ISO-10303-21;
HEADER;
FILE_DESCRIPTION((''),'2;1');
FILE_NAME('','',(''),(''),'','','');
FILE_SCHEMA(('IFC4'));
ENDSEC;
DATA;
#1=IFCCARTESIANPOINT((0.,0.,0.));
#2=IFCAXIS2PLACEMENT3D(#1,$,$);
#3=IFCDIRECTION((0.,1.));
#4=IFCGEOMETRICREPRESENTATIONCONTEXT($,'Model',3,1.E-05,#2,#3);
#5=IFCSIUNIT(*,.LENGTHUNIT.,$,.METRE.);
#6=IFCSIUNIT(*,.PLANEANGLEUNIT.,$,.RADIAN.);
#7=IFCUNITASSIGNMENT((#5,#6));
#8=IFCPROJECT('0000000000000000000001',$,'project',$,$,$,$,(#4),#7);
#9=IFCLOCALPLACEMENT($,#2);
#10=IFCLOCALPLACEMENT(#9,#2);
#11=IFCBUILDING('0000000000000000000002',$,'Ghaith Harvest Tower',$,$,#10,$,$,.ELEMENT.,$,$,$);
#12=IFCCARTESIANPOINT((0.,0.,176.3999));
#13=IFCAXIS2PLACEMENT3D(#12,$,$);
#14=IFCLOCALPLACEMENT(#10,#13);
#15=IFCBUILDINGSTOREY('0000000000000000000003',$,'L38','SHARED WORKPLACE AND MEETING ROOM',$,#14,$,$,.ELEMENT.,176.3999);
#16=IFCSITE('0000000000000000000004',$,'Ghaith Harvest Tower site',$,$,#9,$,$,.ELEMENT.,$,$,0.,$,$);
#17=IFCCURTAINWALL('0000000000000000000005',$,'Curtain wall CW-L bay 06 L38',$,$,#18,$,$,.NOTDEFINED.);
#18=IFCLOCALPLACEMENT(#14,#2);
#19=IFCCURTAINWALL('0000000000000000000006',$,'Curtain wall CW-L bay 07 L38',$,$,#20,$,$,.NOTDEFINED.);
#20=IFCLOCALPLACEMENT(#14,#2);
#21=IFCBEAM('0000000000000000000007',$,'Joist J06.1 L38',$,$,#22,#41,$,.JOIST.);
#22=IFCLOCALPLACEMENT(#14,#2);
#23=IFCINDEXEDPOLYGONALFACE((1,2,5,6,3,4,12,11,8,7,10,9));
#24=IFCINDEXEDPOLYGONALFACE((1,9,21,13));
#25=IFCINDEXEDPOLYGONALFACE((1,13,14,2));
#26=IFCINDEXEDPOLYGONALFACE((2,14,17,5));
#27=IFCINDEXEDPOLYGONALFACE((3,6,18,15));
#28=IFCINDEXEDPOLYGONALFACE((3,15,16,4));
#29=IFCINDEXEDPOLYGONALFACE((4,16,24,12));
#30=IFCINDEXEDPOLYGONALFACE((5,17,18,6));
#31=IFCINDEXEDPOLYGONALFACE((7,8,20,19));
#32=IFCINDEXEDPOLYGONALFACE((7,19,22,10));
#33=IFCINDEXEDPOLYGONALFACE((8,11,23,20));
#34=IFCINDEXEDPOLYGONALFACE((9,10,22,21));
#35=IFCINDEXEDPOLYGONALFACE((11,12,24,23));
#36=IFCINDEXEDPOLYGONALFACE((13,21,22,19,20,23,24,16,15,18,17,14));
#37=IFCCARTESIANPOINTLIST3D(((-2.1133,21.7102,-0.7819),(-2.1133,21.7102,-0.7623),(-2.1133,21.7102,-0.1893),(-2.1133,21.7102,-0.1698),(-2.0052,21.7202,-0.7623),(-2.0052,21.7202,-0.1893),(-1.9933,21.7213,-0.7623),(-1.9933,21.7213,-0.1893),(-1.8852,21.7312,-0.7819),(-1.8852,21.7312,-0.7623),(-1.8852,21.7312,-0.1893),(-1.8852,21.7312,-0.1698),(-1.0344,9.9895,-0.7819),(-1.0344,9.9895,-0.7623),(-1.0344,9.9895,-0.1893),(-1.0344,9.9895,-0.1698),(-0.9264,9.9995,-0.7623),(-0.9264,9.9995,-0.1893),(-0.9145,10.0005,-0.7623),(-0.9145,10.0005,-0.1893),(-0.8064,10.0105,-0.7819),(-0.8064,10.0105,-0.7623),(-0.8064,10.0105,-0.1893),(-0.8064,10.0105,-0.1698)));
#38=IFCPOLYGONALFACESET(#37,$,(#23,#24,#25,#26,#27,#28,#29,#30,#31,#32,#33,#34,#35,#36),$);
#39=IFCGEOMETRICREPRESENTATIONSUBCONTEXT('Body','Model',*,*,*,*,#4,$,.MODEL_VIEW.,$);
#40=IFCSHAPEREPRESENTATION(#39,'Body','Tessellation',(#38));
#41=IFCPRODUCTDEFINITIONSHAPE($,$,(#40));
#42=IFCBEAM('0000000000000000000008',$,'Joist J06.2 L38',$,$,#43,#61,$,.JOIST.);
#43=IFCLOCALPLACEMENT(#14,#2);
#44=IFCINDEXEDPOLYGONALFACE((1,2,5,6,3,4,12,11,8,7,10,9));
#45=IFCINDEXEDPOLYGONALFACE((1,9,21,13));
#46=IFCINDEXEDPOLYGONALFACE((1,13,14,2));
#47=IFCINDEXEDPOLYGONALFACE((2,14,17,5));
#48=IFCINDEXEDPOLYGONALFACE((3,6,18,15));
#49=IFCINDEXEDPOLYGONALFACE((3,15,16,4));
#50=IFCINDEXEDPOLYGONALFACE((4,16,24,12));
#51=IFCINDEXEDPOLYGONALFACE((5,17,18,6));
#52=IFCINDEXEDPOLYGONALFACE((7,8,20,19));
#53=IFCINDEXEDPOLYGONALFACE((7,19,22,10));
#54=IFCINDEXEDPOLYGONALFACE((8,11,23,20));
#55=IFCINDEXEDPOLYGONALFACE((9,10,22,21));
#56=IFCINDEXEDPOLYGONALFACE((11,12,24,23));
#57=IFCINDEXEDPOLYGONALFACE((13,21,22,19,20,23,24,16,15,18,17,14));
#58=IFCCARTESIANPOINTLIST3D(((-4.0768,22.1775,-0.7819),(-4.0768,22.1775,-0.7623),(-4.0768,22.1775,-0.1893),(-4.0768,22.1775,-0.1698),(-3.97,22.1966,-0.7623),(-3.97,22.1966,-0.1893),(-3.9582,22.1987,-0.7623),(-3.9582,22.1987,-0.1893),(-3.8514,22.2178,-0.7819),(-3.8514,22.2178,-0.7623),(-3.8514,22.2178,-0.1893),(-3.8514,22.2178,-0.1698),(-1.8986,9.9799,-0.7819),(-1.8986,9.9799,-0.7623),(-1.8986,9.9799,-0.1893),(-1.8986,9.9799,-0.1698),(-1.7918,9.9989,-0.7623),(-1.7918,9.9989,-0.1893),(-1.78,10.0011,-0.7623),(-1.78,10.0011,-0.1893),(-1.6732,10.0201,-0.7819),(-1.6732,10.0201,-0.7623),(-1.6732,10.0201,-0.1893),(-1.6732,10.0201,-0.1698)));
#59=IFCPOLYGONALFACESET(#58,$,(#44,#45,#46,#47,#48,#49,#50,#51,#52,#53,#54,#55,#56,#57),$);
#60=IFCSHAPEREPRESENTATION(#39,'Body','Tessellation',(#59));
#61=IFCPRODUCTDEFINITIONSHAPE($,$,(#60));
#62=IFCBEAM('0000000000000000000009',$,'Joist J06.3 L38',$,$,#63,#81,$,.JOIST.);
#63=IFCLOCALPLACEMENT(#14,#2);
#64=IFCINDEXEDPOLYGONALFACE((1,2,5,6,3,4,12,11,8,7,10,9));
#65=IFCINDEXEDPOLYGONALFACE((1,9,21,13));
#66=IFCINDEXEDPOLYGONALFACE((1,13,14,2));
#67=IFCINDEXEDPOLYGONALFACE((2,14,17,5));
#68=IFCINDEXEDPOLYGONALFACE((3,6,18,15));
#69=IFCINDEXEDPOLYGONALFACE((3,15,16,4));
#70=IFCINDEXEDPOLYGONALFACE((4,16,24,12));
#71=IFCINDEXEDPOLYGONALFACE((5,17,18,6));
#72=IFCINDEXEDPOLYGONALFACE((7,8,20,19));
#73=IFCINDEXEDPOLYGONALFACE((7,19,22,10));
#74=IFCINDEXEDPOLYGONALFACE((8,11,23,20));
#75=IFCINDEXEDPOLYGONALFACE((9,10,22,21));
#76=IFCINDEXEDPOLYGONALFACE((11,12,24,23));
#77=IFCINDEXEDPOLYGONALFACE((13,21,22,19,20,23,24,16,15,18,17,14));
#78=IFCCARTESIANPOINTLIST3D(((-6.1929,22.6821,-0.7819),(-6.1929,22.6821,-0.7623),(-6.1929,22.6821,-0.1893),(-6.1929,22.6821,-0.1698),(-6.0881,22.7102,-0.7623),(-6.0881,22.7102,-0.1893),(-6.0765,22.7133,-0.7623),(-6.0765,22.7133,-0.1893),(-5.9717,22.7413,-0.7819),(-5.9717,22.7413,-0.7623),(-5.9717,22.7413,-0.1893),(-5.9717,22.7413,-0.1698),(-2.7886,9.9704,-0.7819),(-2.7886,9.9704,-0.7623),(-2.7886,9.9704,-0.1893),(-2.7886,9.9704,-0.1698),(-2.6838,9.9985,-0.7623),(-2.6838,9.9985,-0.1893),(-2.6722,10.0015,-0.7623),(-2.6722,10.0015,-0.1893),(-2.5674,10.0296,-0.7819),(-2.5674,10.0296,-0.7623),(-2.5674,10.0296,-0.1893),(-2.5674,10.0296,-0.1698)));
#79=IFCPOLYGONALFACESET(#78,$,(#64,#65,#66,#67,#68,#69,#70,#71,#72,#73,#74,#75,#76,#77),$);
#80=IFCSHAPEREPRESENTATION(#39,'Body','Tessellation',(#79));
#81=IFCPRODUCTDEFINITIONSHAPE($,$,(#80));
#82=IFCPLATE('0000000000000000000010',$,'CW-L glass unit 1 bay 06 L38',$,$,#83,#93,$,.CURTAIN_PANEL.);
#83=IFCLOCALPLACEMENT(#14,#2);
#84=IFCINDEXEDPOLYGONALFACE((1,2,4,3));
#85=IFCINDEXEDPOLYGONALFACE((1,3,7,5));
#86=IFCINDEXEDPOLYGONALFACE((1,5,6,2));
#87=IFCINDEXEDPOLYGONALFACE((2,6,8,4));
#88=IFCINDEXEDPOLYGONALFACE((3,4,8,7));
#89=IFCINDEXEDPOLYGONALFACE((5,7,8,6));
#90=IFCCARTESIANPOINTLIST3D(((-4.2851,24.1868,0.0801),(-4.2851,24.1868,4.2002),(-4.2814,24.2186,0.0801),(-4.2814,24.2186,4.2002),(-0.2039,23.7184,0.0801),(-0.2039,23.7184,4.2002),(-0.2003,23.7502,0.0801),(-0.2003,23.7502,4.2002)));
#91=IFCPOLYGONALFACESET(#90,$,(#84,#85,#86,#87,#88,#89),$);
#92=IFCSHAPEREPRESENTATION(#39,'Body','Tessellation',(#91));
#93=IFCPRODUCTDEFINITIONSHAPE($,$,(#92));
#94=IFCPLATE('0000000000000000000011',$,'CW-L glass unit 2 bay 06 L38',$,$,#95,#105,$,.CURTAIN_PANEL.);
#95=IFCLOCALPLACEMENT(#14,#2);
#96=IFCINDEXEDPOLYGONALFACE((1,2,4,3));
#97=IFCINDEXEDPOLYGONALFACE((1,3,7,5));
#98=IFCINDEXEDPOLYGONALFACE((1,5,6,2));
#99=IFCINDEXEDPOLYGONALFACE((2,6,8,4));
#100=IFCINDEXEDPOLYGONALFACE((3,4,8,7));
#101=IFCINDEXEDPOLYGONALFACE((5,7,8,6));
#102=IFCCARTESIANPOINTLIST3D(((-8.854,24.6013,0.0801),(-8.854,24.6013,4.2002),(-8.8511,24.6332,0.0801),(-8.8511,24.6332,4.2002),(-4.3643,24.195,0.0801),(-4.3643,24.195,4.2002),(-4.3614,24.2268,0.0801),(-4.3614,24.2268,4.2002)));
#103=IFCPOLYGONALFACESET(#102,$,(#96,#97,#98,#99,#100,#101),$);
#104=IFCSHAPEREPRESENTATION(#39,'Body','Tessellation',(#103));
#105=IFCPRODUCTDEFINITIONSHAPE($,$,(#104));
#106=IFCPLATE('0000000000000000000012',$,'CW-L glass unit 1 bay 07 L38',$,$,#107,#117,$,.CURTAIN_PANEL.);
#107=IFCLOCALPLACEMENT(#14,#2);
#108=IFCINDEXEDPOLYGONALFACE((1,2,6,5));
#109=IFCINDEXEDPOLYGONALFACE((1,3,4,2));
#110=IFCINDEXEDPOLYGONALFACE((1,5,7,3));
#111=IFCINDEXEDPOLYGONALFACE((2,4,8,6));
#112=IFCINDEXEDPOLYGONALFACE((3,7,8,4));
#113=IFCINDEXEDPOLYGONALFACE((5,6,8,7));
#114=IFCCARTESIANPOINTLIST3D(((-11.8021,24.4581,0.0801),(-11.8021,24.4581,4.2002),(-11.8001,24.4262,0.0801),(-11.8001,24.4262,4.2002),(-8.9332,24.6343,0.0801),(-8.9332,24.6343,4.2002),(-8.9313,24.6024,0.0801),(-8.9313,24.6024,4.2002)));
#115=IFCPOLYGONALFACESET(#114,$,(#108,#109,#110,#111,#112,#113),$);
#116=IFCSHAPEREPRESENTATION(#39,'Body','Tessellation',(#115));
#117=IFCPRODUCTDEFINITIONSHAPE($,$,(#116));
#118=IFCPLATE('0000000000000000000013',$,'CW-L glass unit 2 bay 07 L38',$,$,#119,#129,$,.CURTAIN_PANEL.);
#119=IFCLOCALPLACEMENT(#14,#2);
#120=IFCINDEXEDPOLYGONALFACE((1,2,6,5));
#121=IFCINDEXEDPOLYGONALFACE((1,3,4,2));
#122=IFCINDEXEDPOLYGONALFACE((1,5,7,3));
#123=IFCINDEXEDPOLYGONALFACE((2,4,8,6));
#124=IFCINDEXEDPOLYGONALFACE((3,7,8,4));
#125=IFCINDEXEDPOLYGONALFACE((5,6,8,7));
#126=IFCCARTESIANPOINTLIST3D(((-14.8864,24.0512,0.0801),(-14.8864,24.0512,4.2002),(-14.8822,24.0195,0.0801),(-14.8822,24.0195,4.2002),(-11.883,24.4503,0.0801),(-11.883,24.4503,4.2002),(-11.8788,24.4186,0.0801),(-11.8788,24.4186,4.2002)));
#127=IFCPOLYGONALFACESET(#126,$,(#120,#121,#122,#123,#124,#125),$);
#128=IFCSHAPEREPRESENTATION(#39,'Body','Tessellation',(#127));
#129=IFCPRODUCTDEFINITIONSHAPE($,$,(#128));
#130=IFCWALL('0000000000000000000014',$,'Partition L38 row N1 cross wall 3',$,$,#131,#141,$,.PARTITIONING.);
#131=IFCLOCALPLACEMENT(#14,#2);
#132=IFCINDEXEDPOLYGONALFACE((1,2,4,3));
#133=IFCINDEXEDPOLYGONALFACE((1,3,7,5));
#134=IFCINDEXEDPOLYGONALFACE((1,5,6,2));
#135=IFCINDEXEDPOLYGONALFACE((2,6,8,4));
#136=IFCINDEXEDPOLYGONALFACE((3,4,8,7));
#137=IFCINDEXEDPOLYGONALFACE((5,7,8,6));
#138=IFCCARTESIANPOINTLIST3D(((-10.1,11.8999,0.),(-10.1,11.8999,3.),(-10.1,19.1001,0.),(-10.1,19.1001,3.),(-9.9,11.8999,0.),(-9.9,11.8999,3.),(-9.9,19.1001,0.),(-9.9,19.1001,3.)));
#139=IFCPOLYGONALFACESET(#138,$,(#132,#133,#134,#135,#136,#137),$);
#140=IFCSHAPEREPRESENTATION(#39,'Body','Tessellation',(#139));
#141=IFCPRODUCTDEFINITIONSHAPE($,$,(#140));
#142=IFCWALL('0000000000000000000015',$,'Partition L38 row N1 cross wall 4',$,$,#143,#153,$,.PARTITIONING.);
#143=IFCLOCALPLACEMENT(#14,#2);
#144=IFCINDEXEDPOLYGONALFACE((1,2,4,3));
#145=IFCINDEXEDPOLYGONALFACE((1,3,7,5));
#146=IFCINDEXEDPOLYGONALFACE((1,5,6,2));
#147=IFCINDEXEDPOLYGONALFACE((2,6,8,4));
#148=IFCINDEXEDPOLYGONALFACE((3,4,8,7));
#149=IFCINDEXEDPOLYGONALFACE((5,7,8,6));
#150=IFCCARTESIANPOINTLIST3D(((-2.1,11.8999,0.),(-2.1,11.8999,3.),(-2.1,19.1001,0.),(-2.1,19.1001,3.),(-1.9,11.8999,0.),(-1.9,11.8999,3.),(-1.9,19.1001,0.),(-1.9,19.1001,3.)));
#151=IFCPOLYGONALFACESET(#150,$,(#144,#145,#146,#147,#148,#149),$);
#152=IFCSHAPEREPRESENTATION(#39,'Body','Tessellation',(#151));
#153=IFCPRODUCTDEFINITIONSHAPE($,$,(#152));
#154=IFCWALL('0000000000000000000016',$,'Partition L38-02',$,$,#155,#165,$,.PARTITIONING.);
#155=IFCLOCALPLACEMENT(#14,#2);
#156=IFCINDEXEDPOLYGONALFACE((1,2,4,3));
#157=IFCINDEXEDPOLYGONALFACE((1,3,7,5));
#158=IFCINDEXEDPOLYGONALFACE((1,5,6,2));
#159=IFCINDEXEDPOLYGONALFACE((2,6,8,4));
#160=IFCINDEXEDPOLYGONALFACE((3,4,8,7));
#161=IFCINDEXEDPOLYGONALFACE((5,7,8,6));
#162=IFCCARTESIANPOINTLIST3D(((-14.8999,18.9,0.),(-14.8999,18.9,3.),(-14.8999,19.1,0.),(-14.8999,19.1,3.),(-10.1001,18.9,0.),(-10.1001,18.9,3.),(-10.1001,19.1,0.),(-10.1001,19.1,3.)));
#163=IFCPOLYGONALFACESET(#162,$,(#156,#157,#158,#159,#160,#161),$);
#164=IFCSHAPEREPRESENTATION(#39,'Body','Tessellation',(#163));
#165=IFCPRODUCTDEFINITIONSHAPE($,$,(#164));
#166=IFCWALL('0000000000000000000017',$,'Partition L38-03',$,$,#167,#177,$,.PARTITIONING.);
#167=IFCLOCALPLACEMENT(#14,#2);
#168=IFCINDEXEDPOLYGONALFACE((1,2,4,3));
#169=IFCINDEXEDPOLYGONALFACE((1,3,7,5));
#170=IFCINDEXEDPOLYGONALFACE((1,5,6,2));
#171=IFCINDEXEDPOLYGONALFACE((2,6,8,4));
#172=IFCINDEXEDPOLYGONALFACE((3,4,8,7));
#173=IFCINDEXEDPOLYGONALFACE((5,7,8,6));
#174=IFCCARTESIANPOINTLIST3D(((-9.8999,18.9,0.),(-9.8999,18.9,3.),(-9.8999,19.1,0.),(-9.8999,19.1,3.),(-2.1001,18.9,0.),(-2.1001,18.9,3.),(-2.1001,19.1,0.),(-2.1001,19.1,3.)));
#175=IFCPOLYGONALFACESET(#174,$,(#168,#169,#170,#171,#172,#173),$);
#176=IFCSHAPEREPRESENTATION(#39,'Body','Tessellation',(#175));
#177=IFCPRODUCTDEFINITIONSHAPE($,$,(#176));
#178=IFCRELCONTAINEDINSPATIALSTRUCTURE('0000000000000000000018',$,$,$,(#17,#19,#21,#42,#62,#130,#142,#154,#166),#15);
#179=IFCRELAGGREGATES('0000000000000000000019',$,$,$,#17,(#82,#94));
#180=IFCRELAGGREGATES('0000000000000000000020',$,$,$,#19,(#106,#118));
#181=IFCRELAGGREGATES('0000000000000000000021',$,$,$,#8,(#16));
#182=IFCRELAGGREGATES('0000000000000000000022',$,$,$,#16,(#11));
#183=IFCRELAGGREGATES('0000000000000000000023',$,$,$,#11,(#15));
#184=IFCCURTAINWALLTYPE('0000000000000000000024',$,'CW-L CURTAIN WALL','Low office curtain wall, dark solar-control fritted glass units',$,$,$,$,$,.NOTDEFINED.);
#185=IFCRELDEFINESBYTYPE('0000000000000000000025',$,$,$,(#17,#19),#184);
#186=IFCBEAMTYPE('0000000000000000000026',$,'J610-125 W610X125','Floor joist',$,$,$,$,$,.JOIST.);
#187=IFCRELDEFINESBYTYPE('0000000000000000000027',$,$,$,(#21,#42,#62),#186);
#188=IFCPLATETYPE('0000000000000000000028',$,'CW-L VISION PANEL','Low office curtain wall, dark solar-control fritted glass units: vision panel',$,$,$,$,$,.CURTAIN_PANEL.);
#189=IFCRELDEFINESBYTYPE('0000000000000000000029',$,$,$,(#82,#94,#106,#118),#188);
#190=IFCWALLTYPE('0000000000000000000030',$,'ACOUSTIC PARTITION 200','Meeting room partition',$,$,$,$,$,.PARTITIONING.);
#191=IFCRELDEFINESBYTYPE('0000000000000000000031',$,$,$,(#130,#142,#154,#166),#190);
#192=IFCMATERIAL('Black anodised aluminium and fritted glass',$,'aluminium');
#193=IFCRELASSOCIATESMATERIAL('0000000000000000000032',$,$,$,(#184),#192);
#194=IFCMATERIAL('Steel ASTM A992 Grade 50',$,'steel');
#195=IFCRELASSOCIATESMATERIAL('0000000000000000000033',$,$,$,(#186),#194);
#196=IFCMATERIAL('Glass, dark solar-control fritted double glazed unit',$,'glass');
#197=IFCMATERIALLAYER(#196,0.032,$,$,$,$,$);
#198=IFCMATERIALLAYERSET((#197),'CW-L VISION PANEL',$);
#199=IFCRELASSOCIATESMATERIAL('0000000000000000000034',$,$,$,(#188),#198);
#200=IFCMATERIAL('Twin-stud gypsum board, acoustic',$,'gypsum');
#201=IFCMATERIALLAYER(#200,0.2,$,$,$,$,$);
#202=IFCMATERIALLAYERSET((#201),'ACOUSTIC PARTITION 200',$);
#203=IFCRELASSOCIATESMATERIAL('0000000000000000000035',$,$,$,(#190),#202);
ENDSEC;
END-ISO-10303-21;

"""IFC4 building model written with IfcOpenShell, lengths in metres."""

from ifc_helpers import new_model, si_unit, direction, frame, frame_2d, origin, origin_2d, place, context, subcontext, project, spatial, rectangle, i_section, extrude, material, layer, layer_set, material_profile, profile_set, type_object, element, aggregate, save


model = new_model("IFC4")

# Units and contexts
model_context = context("Model", 3, precision=1e-05, world=origin(), true_north=direction((0.0, 1.0)))
body_context = subcontext(model_context, "Body", "Model", "MODEL_VIEW")
ifc_project = project(units=[si_unit("LENGTHUNIT", "METRE"), si_unit("PLANEANGLEUNIT", "RADIAN")], contexts=[model_context])

# Site, building, storey
site_placement = place(None, origin())
site = spatial("IfcSite", under=ifc_project, at=site_placement, Name="Ghaith Harvest Tower site", CompositionType="ELEMENT", RefElevation=0.0)
building_placement = place(site_placement, origin())
building = spatial("IfcBuilding", under=site, at=building_placement, Name="Ghaith Harvest Tower", CompositionType="ELEMENT")
storey_placement = place(building_placement, frame((0.0, 0.0, 176.3999)))
storey = spatial("IfcBuildingStorey", under=building, at=storey_placement, Name="L38", Description="SHARED WORKPLACE AND MEETING ROOM", CompositionType="ELEMENT", Elevation=176.3999)

# Curtain walls
ifc_material_1 = material(Name="Black anodised aluminium and fritted glass", Category="aluminium")
curtain_wall_type = type_object("IfcCurtainWallType", Name="CW-L CURTAIN WALL", Description="Low office curtain wall, dark solar-control fritted glass units", PredefinedType="NOTDEFINED", material=ifc_material_1)
curtain_wall_1_placement = place(storey_placement, origin())
curtain_wall_1 = element("IfcCurtainWall", 1, at=curtain_wall_1_placement, inside=storey, type_object=curtain_wall_type, Name="Curtain wall CW-L bay 06 L38", PredefinedType="NOTDEFINED")
curtain_wall_2_placement = place(storey_placement, origin())
curtain_wall_2 = element("IfcCurtainWall", 2, at=curtain_wall_2_placement, inside=storey, type_object=curtain_wall_type, Name="Curtain wall CW-L bay 07 L38", PredefinedType="NOTDEFINED")

# Beams
ifc_material_2 = material(Name="Steel ASTM A992 Grade 50", Category="steel")
ifc_material_profile_1 = material_profile(ifc_material_2, i_section(OverallWidth=0.229, OverallDepth=0.6121, WebThickness=0.012, FlangeThickness=0.0195, at=origin_2d()), Name="W610X125")
ifc_profile_set_1 = profile_set([ifc_material_profile_1], Name="Steel ASTM A992 Grade 50")
beam_type_1 = type_object("IfcBeamType", Name="J610-125 W610X125", Description="Floor joist", PredefinedType="JOIST", material=ifc_profile_set_1)
beam_1_placement = place(storey_placement, frame((-0.9204, 10.0, -0.4758), z_axis=(-0.09166, 0.99579, 0.0), x_axis=(-0.99579, -0.09166, 0.0)))
element("IfcBeam", 3, at=beam_1_placement, inside=storey, type_object=beam_type_1, Name="Joist J06.1 L38", PredefinedType="JOIST", context=body_context, shape_type="SweptSolid", body=[
    extrude(i_section(OverallWidth=0.229, OverallDepth=0.6121, WebThickness=0.012, FlangeThickness=0.0195, at=origin_2d()), origin(), (0.0, 0.0, 1.0), 11.7703),
])
beam_2_placement = place(storey_placement, frame((-1.7859, 10.0, -0.4758), z_axis=(-0.175795, 0.984427, 0.0), x_axis=(-0.984427, -0.175795, 0.0)))
element("IfcBeam", 4, at=beam_2_placement, inside=storey, type_object=beam_type_1, Name="Joist J06.2 L38", PredefinedType="JOIST", context=body_context, shape_type="SweptSolid", body=[
    extrude(i_section(OverallWidth=0.229, OverallDepth=0.6121, WebThickness=0.012, FlangeThickness=0.0195, at=origin_2d()), origin(), (0.0, 0.0, 1.0), 12.3906),
])
beam_3_placement = place(storey_placement, frame((-2.678, 10.0, -0.4758), z_axis=(-0.258693, 0.96596, 0.0), x_axis=(-0.96596, -0.258693, 0.0)))
element("IfcBeam", 5, at=beam_3_placement, inside=storey, type_object=beam_type_1, Name="Joist J06.3 L38", PredefinedType="JOIST", context=body_context, shape_type="SweptSolid", body=[
    extrude(i_section(OverallWidth=0.229, OverallDepth=0.6121, WebThickness=0.012, FlangeThickness=0.0195, at=origin_2d()), origin(), (0.0, 0.0, 1.0), 13.1597),
])

# Plates
ifc_material_3 = material(Name="Glass, dark solar-control fritted double glazed unit", Category="glass")
ifc_layer_1 = layer(ifc_material_3, 0.032)
ifc_layer_set_1 = layer_set([ifc_layer_1], Name="CW-L VISION PANEL")
plate_type = type_object("IfcPlateType", Name="CW-L VISION PANEL", Description="Low office curtain wall, dark solar-control fritted glass units: vision panel", PredefinedType="CURTAIN_PANEL", material=ifc_layer_set_1)
plate_1_placement = place(storey_placement, frame((-2.2427, 23.9685, 0.0801), z_axis=(0.0, 0.0, 1.0), x_axis=(-0.993477, 0.114032, 0.0)))
plate_1 = element("IfcPlate", 6, at=plate_1_placement, type_object=plate_type, Name="CW-L glass unit 1 bay 06 L38", PredefinedType="CURTAIN_PANEL", context=body_context, shape_type="SweptSolid", body=[
    extrude(rectangle(XDim=4.1079, YDim=0.032, at=origin_2d()), origin(), (0.0, 0.0, 1.0), 4.1201),
])
plate_2_placement = place(storey_placement, frame((-6.6077, 24.4141, 0.0801), z_axis=(0.0, 0.0, 1.0), x_axis=(-0.995929, 0.090144, 0.0)))
plate_2 = element("IfcPlate", 7, at=plate_2_placement, type_object=plate_type, Name="CW-L glass unit 2 bay 06 L38", PredefinedType="CURTAIN_PANEL", context=body_context, shape_type="SweptSolid", body=[
    extrude(rectangle(XDim=4.5081, YDim=0.032, at=origin_2d()), origin(), (0.0, 0.0, 1.0), 4.1201),
])
aggregate(curtain_wall_1, [plate_1, plate_2])
plate_3_placement = place(storey_placement, frame((-10.3667, 24.5303, 0.0801), z_axis=(0.0, 0.0, 1.0), x_axis=(-0.998119, -0.061303, 0.0)))
plate_3 = element("IfcPlate", 8, at=plate_3_placement, type_object=plate_type, Name="CW-L glass unit 1 bay 07 L38", PredefinedType="CURTAIN_PANEL", context=body_context, shape_type="SweptSolid", body=[
    extrude(rectangle(XDim=2.8743, YDim=0.032, at=origin_2d()), origin(), (0.0, 0.0, 1.0), 4.1201),
])
plate_4_placement = place(storey_placement, frame((-13.3826, 24.2349, 0.0801), z_axis=(0.0, 0.0, 1.0), x_axis=(-0.991286, -0.131728, 0.0)))
plate_4 = element("IfcPlate", 9, at=plate_4_placement, type_object=plate_type, Name="CW-L glass unit 2 bay 07 L38", PredefinedType="CURTAIN_PANEL", context=body_context, shape_type="SweptSolid", body=[
    extrude(rectangle(XDim=3.0298, YDim=0.032, at=origin_2d()), origin(), (0.0, 0.0, 1.0), 4.1201),
])
aggregate(curtain_wall_2, [plate_3, plate_4])

# Walls
ifc_material_4 = material(Name="Twin-stud gypsum board, acoustic", Category="gypsum")
ifc_layer_2 = layer(ifc_material_4, 0.2)
ifc_layer_set_2 = layer_set([ifc_layer_2], Name="ACOUSTIC PARTITION 200")
wall_type = type_object("IfcWallType", Name="ACOUSTIC PARTITION 200", Description="Meeting room partition", PredefinedType="PARTITIONING", material=ifc_layer_set_2)
for number, where, z_axis, x_axis, name in (
    (10, (-10.0, 11.8999, 0.0), (0.0, 0.0, 1.0), (0.0, 1.0, 0.0), "Partition L38 row N1 cross wall 3"),
    (11, (-2.0, 11.8999, 0.0), (0.0, 0.0, 1.0), (0.0, 1.0, 0.0), "Partition L38 row N1 cross wall 4"),
):
    element("IfcWall", number, at=place(storey_placement, frame(where, z_axis=z_axis, x_axis=x_axis)), inside=storey, type_object=wall_type, Name=name, PredefinedType="PARTITIONING", context=body_context, shape_type="SweptSolid", body=[
        extrude(rectangle(XDim=7.2002, YDim=0.2, at=frame_2d((3.6001, 0.0))), origin(), (0.0, 0.0, 1.0), 3.0),
    ])

# Wall
wall_1_placement = place(storey_placement, frame((-14.8999, 19.0, 0.0), z_axis=(0.0, 0.0, 1.0), x_axis=(1.0, 0.0, 0.0)))
element("IfcWall", 12, at=wall_1_placement, inside=storey, type_object=wall_type, Name="Partition L38-02", PredefinedType="PARTITIONING", context=body_context, shape_type="SweptSolid", body=[
    extrude(rectangle(XDim=4.7998, YDim=0.2, at=frame_2d((2.3999, 0.0))), origin(), (0.0, 0.0, 1.0), 3.0),
])

# Wall
wall_2_placement = place(storey_placement, frame((-9.8999, 19.0, 0.0), z_axis=(0.0, 0.0, 1.0), x_axis=(1.0, 0.0, 0.0)))
element("IfcWall", 13, at=wall_2_placement, inside=storey, type_object=wall_type, Name="Partition L38-03", PredefinedType="PARTITIONING", context=body_context, shape_type="SweptSolid", body=[
    extrude(rectangle(XDim=7.7998, YDim=0.2, at=frame_2d((3.8999, 0.0))), origin(), (0.0, 0.0, 1.0), 3.0),
])

save(model, "model.ifc")
